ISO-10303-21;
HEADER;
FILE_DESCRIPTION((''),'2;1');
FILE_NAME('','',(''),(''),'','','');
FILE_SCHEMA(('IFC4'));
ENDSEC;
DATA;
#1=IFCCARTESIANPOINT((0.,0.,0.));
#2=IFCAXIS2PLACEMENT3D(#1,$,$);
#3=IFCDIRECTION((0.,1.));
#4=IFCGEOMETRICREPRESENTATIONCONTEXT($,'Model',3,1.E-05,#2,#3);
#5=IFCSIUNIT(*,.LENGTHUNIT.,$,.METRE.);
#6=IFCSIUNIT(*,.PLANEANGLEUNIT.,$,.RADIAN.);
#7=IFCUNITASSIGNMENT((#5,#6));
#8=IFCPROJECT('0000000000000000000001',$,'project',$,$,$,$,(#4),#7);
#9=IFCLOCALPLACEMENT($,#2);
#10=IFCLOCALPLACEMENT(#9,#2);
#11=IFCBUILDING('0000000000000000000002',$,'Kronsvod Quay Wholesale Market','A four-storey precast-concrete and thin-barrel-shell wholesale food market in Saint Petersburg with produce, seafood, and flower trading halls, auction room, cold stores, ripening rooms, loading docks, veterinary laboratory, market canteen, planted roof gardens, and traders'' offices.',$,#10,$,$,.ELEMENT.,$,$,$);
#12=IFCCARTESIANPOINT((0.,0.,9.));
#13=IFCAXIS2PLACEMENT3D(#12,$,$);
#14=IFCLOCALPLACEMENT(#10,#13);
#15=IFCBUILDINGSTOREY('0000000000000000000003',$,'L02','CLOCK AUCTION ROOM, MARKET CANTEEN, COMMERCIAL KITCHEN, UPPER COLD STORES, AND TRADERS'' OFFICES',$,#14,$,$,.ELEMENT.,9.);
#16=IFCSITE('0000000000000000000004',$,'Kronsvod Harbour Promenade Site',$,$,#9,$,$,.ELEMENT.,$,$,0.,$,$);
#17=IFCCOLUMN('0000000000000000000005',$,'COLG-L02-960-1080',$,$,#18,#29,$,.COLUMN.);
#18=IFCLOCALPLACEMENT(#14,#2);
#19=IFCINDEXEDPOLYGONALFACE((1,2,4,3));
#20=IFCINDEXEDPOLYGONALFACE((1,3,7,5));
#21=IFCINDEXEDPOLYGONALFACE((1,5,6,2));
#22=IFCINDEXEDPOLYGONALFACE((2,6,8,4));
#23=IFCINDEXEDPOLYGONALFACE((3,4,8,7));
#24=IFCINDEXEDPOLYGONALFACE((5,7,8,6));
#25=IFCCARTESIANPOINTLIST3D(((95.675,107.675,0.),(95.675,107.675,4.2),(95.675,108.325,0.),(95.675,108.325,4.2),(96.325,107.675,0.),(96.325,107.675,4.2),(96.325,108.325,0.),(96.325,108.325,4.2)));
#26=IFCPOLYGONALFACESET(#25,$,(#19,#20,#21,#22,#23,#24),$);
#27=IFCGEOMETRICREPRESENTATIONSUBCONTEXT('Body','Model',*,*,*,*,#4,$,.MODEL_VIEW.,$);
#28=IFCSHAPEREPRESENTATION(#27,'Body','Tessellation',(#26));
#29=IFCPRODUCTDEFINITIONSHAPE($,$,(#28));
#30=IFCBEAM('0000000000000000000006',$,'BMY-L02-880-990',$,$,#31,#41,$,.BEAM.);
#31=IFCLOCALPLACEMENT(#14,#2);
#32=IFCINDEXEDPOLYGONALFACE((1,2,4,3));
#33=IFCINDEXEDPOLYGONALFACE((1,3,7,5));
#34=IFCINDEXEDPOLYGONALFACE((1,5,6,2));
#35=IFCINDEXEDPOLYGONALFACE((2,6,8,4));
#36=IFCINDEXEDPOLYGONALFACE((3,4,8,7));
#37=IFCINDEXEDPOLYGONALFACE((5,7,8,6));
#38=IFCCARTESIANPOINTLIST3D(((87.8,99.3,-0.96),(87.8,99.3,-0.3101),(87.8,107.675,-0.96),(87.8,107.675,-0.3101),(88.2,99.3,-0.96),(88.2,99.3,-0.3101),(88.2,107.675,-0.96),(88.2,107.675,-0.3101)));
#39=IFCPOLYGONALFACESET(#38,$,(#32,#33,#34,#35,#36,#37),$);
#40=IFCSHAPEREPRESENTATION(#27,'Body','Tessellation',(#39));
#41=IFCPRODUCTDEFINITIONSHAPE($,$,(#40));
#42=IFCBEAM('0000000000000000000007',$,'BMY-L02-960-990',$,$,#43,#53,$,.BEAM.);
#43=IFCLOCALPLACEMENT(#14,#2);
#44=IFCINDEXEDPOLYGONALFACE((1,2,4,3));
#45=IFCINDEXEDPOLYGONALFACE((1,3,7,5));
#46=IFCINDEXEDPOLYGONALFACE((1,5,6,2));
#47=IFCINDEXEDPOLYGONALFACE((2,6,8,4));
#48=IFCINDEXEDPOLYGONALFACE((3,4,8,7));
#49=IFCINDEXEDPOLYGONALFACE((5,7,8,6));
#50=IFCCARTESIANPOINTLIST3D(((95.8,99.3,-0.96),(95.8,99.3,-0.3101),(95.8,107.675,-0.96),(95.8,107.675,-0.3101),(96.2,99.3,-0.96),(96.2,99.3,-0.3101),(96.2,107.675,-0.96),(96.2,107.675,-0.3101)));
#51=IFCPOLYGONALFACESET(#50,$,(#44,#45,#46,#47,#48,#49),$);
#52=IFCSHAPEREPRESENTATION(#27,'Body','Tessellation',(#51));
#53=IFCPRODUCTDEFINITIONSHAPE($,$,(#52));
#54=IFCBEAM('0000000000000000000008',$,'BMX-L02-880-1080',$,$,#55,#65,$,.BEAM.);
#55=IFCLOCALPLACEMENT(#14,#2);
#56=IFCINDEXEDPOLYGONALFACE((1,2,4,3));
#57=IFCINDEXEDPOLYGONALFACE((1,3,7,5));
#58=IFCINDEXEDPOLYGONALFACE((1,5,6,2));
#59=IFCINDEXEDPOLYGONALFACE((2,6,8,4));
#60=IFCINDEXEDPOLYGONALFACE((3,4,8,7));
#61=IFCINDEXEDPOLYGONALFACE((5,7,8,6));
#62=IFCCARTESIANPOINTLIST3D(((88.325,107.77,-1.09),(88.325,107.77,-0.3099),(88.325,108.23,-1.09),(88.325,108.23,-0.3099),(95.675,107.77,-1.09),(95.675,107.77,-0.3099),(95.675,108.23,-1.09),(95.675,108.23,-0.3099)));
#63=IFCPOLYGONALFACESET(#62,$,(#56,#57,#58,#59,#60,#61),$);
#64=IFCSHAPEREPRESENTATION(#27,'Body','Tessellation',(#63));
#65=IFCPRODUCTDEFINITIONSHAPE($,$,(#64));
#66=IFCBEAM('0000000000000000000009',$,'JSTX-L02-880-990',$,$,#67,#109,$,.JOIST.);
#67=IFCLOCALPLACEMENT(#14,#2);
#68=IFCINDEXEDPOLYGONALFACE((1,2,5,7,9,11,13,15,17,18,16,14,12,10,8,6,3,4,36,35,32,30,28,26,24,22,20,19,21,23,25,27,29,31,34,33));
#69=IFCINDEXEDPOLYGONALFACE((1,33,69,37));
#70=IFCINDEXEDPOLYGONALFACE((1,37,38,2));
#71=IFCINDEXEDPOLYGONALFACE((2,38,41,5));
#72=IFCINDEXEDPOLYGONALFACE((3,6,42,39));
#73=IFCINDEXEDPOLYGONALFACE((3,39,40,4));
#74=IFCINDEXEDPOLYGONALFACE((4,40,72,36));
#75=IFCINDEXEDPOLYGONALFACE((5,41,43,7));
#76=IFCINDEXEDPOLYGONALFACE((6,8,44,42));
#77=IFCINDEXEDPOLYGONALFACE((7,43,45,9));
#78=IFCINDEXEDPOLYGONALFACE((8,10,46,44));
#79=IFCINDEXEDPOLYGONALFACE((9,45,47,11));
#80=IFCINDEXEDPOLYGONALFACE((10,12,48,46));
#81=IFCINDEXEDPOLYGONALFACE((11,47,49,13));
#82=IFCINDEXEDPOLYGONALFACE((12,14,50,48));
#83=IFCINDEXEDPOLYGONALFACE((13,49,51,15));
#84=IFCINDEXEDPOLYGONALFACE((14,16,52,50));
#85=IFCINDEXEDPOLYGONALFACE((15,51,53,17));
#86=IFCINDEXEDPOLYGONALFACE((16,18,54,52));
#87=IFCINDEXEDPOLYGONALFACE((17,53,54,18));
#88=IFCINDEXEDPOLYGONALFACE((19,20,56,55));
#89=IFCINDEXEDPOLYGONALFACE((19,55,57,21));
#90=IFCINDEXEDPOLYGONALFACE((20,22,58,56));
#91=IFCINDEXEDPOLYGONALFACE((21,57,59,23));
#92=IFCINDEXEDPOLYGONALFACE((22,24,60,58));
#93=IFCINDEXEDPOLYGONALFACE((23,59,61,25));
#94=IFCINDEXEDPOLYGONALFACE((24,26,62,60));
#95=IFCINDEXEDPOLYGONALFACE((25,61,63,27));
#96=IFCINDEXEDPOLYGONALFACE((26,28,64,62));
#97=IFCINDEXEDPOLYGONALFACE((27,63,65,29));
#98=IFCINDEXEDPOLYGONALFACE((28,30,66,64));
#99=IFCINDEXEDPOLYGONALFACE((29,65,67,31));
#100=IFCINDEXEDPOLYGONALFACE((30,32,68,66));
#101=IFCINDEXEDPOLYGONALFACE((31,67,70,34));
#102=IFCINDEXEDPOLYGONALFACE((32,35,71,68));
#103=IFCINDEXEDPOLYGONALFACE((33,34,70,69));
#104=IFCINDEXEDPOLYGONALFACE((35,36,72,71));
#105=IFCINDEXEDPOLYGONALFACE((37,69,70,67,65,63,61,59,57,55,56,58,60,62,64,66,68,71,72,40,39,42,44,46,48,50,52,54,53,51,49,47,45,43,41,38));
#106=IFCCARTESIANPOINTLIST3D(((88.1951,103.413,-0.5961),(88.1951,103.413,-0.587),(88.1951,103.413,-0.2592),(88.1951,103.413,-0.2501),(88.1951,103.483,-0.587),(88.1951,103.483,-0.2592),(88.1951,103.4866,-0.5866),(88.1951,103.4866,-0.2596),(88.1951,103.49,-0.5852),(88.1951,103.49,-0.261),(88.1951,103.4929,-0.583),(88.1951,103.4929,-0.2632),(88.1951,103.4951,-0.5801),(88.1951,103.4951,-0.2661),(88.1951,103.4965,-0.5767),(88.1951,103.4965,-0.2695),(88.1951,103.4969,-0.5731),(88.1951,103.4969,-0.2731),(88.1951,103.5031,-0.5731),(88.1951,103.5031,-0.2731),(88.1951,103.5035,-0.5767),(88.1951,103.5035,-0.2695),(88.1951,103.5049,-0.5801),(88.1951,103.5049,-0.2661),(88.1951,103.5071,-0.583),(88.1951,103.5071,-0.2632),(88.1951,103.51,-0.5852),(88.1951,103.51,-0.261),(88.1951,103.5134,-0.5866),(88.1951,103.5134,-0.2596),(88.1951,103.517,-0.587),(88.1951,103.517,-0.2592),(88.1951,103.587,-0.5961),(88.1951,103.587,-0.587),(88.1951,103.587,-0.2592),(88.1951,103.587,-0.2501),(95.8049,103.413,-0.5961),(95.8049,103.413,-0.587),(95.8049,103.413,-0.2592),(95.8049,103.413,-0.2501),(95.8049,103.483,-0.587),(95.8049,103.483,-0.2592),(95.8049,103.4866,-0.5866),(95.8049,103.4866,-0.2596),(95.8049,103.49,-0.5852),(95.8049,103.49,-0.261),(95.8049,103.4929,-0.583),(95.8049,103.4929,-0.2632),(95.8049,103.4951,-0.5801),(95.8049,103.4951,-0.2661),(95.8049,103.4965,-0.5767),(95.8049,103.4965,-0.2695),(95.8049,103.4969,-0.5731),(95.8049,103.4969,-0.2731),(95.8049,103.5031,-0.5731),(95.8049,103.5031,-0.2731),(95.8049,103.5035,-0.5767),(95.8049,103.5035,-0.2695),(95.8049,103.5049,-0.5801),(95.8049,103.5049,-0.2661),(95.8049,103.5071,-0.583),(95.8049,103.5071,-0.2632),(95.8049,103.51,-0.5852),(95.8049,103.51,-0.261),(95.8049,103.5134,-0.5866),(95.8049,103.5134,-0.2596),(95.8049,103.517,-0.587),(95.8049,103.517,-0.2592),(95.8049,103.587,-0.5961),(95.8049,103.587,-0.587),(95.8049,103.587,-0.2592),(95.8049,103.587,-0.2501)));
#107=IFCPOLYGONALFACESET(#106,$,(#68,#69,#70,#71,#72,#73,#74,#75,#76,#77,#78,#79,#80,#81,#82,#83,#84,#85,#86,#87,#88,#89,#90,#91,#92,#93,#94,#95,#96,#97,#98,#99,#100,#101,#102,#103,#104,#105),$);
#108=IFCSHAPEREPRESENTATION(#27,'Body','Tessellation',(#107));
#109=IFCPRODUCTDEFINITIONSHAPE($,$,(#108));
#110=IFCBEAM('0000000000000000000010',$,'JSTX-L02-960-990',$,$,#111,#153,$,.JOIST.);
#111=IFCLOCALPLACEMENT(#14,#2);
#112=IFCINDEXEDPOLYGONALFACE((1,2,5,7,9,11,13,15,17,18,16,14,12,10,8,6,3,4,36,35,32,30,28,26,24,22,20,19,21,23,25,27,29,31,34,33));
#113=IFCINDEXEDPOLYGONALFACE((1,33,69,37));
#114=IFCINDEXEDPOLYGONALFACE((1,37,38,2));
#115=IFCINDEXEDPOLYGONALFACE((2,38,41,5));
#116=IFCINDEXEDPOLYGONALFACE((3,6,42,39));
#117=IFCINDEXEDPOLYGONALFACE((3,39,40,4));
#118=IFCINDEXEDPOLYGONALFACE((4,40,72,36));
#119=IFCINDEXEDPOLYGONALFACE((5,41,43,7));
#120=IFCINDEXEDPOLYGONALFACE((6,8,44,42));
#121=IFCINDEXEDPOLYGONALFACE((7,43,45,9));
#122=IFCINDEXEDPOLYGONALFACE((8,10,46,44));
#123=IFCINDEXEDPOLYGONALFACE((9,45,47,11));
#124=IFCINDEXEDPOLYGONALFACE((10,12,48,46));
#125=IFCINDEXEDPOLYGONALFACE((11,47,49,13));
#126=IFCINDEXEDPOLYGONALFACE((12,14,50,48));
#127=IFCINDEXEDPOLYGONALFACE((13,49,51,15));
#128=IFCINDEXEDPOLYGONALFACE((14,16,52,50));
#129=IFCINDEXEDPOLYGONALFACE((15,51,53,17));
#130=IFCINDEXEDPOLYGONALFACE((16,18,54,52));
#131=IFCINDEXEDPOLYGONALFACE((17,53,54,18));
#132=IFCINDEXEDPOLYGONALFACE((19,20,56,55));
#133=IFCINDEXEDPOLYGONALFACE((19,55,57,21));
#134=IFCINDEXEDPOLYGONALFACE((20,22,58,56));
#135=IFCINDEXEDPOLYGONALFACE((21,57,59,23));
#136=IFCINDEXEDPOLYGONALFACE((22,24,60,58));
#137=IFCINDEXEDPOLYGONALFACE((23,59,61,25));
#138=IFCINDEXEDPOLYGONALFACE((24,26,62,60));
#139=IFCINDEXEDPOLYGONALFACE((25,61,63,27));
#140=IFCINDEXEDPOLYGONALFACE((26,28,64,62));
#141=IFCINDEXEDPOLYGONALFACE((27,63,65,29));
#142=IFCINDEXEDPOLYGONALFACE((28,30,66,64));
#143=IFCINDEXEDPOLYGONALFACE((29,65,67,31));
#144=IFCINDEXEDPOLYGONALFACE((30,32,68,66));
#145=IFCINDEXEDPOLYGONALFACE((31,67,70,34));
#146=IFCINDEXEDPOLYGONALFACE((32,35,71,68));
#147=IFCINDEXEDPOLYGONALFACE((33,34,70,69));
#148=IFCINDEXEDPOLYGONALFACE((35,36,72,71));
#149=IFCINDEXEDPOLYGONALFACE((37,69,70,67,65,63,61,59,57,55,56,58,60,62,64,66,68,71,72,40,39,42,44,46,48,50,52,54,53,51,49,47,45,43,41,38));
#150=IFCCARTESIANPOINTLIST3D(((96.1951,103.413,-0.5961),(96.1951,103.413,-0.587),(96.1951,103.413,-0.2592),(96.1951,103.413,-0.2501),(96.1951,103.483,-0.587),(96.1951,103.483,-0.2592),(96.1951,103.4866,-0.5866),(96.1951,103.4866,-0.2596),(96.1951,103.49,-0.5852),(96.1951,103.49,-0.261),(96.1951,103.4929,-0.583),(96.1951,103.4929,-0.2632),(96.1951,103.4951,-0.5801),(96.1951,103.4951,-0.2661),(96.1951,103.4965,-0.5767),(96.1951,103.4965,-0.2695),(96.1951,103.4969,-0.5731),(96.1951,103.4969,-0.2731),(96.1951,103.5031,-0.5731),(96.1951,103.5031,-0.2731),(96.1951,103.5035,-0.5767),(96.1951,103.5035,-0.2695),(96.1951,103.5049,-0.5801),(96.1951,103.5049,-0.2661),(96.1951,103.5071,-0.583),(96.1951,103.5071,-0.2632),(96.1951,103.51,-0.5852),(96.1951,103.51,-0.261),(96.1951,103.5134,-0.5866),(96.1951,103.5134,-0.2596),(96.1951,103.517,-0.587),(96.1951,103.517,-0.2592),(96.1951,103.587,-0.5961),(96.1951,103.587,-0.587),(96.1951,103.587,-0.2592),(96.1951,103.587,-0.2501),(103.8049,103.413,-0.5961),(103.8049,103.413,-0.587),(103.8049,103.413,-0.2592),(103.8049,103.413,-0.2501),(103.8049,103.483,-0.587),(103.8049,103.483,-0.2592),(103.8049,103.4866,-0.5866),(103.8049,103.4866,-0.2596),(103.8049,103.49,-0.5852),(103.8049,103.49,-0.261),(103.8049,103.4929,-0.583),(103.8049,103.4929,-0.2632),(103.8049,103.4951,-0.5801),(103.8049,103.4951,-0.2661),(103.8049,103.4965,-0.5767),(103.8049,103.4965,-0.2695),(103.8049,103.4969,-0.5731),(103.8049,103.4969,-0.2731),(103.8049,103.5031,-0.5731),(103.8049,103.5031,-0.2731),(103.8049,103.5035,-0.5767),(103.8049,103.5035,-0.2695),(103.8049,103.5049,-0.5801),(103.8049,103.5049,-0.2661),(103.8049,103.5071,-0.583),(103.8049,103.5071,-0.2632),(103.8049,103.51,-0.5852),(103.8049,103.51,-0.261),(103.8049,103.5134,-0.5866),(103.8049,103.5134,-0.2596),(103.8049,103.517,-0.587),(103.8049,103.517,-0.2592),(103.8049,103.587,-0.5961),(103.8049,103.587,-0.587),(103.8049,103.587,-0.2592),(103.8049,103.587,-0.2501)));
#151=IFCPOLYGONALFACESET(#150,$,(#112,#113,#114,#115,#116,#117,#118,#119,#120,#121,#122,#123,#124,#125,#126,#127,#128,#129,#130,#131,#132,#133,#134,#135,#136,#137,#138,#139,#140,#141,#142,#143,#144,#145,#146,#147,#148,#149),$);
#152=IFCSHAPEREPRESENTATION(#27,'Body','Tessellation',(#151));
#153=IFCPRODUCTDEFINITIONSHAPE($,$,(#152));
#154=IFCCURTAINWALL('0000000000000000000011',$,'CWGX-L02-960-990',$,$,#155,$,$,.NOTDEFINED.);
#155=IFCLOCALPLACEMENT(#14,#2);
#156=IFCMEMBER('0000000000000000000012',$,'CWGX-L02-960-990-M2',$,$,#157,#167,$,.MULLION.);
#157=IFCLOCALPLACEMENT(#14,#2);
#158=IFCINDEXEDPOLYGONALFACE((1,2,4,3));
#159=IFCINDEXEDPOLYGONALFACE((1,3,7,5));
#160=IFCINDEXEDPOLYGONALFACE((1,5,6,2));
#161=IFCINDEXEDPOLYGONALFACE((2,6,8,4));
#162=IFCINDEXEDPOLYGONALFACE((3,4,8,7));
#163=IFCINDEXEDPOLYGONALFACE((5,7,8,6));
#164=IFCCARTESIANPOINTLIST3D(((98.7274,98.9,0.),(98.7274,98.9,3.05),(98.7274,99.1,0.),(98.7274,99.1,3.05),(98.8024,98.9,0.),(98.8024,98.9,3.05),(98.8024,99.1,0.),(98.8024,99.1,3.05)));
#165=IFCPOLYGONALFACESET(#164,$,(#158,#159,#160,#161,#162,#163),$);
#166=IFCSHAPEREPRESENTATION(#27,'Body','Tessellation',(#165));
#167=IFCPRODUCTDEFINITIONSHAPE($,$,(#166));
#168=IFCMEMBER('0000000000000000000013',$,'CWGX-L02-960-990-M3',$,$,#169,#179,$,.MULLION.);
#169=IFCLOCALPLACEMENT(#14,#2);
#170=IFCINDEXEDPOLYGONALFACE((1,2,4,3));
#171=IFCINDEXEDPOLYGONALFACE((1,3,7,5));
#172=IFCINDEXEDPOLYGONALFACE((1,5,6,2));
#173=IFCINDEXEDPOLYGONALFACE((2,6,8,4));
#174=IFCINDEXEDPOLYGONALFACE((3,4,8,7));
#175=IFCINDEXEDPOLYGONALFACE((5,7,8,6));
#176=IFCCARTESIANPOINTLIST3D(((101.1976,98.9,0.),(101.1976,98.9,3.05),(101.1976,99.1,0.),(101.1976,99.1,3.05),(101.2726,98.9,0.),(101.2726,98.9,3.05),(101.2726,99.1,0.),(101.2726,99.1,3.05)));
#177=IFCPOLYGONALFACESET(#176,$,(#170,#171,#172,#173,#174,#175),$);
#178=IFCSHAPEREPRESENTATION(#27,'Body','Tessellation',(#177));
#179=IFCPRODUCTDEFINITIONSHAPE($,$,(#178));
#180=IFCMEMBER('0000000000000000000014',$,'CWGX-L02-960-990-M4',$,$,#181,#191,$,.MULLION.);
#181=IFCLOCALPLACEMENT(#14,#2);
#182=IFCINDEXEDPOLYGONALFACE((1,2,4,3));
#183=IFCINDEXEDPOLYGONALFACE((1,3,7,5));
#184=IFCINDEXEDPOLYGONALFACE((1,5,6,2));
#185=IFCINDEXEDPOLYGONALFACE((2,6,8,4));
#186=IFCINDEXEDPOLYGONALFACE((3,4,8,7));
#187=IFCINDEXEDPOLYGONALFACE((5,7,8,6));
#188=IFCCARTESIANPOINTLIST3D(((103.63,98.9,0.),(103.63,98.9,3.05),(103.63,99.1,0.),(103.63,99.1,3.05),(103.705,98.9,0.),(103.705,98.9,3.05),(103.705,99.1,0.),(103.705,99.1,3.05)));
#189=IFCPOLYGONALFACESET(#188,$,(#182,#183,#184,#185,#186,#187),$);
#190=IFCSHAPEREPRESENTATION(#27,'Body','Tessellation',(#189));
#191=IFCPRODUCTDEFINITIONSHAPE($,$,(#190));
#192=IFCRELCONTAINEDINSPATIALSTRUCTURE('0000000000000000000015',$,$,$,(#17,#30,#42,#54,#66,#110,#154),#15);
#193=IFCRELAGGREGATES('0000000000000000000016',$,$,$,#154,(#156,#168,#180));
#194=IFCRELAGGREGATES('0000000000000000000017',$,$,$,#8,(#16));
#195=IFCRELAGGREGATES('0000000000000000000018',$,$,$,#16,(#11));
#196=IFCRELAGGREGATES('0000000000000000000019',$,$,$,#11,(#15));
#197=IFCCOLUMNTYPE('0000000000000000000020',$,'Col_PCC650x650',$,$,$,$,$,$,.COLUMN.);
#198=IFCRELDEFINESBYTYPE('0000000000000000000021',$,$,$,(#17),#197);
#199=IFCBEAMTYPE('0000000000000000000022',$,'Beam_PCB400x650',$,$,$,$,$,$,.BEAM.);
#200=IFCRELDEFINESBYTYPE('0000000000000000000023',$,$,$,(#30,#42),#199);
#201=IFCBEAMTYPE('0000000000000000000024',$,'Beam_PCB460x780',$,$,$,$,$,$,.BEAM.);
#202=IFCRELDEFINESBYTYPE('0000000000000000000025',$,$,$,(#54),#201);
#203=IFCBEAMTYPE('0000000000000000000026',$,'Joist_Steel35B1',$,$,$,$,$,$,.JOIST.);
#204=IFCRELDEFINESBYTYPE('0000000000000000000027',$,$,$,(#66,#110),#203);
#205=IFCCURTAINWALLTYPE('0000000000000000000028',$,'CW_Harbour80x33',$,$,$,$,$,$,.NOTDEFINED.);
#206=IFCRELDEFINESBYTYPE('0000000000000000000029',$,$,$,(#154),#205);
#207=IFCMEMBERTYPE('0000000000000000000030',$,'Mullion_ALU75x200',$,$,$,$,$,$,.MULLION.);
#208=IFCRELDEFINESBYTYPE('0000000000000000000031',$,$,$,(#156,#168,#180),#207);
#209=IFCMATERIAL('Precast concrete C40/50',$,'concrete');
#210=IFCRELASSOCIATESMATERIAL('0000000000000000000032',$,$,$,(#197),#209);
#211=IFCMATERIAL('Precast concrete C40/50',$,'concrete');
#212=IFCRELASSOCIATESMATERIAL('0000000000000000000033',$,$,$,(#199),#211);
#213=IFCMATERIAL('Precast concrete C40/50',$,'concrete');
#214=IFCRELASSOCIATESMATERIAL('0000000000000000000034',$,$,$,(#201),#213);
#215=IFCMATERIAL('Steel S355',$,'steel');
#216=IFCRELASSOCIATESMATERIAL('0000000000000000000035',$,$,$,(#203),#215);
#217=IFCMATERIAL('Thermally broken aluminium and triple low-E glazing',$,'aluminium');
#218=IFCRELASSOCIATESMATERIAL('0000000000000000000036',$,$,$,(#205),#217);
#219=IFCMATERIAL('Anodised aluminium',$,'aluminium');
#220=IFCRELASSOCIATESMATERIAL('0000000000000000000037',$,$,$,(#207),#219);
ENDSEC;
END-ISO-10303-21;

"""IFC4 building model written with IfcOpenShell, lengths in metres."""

from ifc_helpers import new_model, si_unit, direction, frame, origin, origin_2d, place, context, subcontext, project, spatial, rectangle, i_section, extrude, material, material_profile, profile_set, type_object, element, aggregate, save


model = new_model("IFC4")

# Units and contexts
model_context = context("Model", 3, precision=1e-05, world=origin(), true_north=direction((0.0, 1.0)))
body_context = subcontext(model_context, "Body", "Model", "MODEL_VIEW")
ifc_project = project(units=[si_unit("LENGTHUNIT", "METRE"), si_unit("PLANEANGLEUNIT", "RADIAN")], contexts=[model_context])

# Site, building, storey
site_placement = place(None, origin())
site = spatial("IfcSite", under=ifc_project, at=site_placement, Name="Kronsvod Harbour Promenade Site", CompositionType="ELEMENT", RefElevation=0.0)
building_placement = place(site_placement, origin())
building = spatial("IfcBuilding", under=site, at=building_placement, Name="Kronsvod Quay Wholesale Market", Description="A four-storey precast-concrete and thin-barrel-shell wholesale food market in Saint Petersburg with produce, seafood, and flower trading halls, auction room, cold stores, ripening rooms, loading docks, veterinary laboratory, market canteen, planted roof gardens, and traders' offices.", CompositionType="ELEMENT")
storey_placement = place(building_placement, frame((0.0, 0.0, 9.0)))
storey = spatial("IfcBuildingStorey", under=building, at=storey_placement, Name="L02", Description="CLOCK AUCTION ROOM, MARKET CANTEEN, COMMERCIAL KITCHEN, UPPER COLD STORES, AND TRADERS' OFFICES", CompositionType="ELEMENT", Elevation=9.0)

# Column
ifc_material_1 = material(Name="Precast concrete C40/50", Category="concrete")
ifc_material_profile_1 = material_profile(ifc_material_1, rectangle(XDim=0.6499, YDim=0.6499, at=origin_2d()), Name="COL-08")
ifc_profile_set_1 = profile_set([ifc_material_profile_1], Name="Precast concrete C40/50")
column_type = type_object("IfcColumnType", Name="Col_PCC650x650", PredefinedType="COLUMN", material=ifc_profile_set_1)
column_placement = place(storey_placement, frame((96.0, 108.0, 0.0), z_axis=(0.0, 0.0, 1.0), x_axis=(1.0, 0.0, 0.0)))
element("IfcColumn", 1, at=column_placement, inside=storey, type_object=column_type, Name="COLG-L02-960-1080", PredefinedType="COLUMN", context=body_context, shape_type="SweptSolid", body=[
    extrude(rectangle(XDim=0.6499, YDim=0.6499, at=origin_2d()), origin(), (0.0, 0.0, 1.0), 4.2),
])

# Beams
ifc_material_2 = material(Name="Precast concrete C40/50", Category="concrete")
ifc_material_profile_2 = material_profile(ifc_material_2, rectangle(XDim=0.3999, YDim=0.6499, at=origin_2d()), Name="PCB400x650")
ifc_profile_set_2 = profile_set([ifc_material_profile_2], Name="Precast concrete C40/50")
beam_type_1 = type_object("IfcBeamType", Name="Beam_PCB400x650", PredefinedType="BEAM", material=ifc_profile_set_2)
for number, where, z_axis, x_axis, name in (
    (2, (88.0, 99.3, -0.635), (0.0, 1.0, 0.0), (-1.0, 0.0, 0.0), "BMY-L02-880-990"),
    (3, (96.0, 99.3, -0.635), (0.0, 1.0, 0.0), (-1.0, 0.0, 0.0), "BMY-L02-960-990"),
):
    element("IfcBeam", number, at=place(storey_placement, frame(where, z_axis=z_axis, x_axis=x_axis)), inside=storey, type_object=beam_type_1, Name=name, PredefinedType="BEAM", context=body_context, shape_type="SweptSolid", body=[
        extrude(rectangle(XDim=0.3999, YDim=0.6499, at=origin_2d()), origin(), (0.0, 0.0, 1.0), 8.375),
    ])
ifc_material_3 = material(Name="Precast concrete C40/50", Category="concrete")
ifc_material_profile_3 = material_profile(ifc_material_3, rectangle(XDim=0.46, YDim=0.78, at=origin_2d()), Name="PB-03")
ifc_profile_set_3 = profile_set([ifc_material_profile_3], Name="Precast concrete C40/50")
beam_type_2 = type_object("IfcBeamType", Name="Beam_PCB460x780", PredefinedType="BEAM", material=ifc_profile_set_3)
beam_placement = place(storey_placement, frame((88.325, 108.0, -0.7), z_axis=(1.0, 0.0, 0.0), x_axis=(0.0, 1.0, 0.0)))
element("IfcBeam", 4, at=beam_placement, inside=storey, type_object=beam_type_2, Name="BMX-L02-880-1080", PredefinedType="BEAM", context=body_context, shape_type="SweptSolid", body=[
    extrude(rectangle(XDim=0.46, YDim=0.78, at=origin_2d()), origin(), (0.0, 0.0, 1.0), 7.3501),
])
ifc_material_4 = material(Name="Steel S355", Category="steel")
ifc_material_profile_4 = material_profile(ifc_material_4, i_section(OverallWidth=0.1741, OverallDepth=0.3459, WebThickness=0.0061, FlangeThickness=0.009, FilletRadius=0.0139, at=origin_2d()), Name="35B1")
ifc_profile_set_4 = profile_set([ifc_material_profile_4], Name="Steel S355")
beam_type_3 = type_object("IfcBeamType", Name="Joist_Steel35B1", PredefinedType="JOIST", material=ifc_profile_set_4)
for number, where, z_axis, x_axis, name in (
    (5, (88.1951, 103.5, -0.4231), (1.0, 0.0, 0.0), (0.0, 1.0, 0.0), "JSTX-L02-880-990"),
    (6, (96.1951, 103.5, -0.4231), (1.0, 0.0, 0.0), (0.0, 1.0, 0.0), "JSTX-L02-960-990"),
):
    element("IfcBeam", number, at=place(storey_placement, frame(where, z_axis=z_axis, x_axis=x_axis)), inside=storey, type_object=beam_type_3, Name=name, PredefinedType="JOIST", context=body_context, shape_type="SweptSolid", body=[
        extrude(i_section(OverallWidth=0.1741, OverallDepth=0.3459, WebThickness=0.0061, FlangeThickness=0.009, FilletRadius=0.0139, at=origin_2d()), origin(), (0.0, 0.0, 1.0), 7.6099),
    ])

# Curtain wall, members
ifc_material_5 = material(Name="Thermally broken aluminium and triple low-E glazing", Category="aluminium")
curtain_wall_type = type_object("IfcCurtainWallType", Name="CW_Harbour80x33", PredefinedType="NOTDEFINED", material=ifc_material_5)
curtain_wall_placement = place(storey_placement, origin())
curtain_wall = element("IfcCurtainWall", 7, at=curtain_wall_placement, inside=storey, type_object=curtain_wall_type, Name="CWGX-L02-960-990", PredefinedType="NOTDEFINED")
ifc_material_6 = material(Name="Anodised aluminium", Category="aluminium")
ifc_material_profile_5 = material_profile(ifc_material_6, rectangle(XDim=0.075, YDim=0.2, at=origin_2d()), Name="ALUM75x200")
ifc_profile_set_5 = profile_set([ifc_material_profile_5], Name="Anodised aluminium")
member_type_1 = type_object("IfcMemberType", Name="Mullion_ALU75x200", PredefinedType="MULLION", material=ifc_profile_set_5)
member_1_placement = place(storey_placement, frame((98.7649, 99.0, 0.0), z_axis=(0.0, 0.0, 1.0), x_axis=(1.0, 0.0, 0.0)))
member_1 = element("IfcMember", 8, at=member_1_placement, type_object=member_type_1, Name="CWGX-L02-960-990-M2", PredefinedType="MULLION", context=body_context, shape_type="SweptSolid", body=[
    extrude(rectangle(XDim=0.075, YDim=0.2, at=origin_2d()), origin(), (0.0, 0.0, 1.0), 3.05),
])
member_2_placement = place(storey_placement, frame((101.2351, 99.0, 0.0), z_axis=(0.0, 0.0, 1.0), x_axis=(1.0, 0.0, 0.0)))
member_2 = element("IfcMember", 9, at=member_2_placement, type_object=member_type_1, Name="CWGX-L02-960-990-M3", PredefinedType="MULLION", context=body_context, shape_type="SweptSolid", body=[
    extrude(rectangle(XDim=0.075, YDim=0.2, at=origin_2d()), origin(), (0.0, 0.0, 1.0), 3.05),
])
member_3_placement = place(storey_placement, frame((103.6675, 99.0, 0.0), z_axis=(0.0, 0.0, 1.0), x_axis=(1.0, 0.0, 0.0)))
member_3 = element("IfcMember", 10, at=member_3_placement, type_object=member_type_1, Name="CWGX-L02-960-990-M4", PredefinedType="MULLION", context=body_context, shape_type="SweptSolid", body=[
    extrude(rectangle(XDim=0.075, YDim=0.2, at=origin_2d()), origin(), (0.0, 0.0, 1.0), 3.05),
])
aggregate(curtain_wall, [member_1, member_2, member_3])

save(model, "model.ifc")
